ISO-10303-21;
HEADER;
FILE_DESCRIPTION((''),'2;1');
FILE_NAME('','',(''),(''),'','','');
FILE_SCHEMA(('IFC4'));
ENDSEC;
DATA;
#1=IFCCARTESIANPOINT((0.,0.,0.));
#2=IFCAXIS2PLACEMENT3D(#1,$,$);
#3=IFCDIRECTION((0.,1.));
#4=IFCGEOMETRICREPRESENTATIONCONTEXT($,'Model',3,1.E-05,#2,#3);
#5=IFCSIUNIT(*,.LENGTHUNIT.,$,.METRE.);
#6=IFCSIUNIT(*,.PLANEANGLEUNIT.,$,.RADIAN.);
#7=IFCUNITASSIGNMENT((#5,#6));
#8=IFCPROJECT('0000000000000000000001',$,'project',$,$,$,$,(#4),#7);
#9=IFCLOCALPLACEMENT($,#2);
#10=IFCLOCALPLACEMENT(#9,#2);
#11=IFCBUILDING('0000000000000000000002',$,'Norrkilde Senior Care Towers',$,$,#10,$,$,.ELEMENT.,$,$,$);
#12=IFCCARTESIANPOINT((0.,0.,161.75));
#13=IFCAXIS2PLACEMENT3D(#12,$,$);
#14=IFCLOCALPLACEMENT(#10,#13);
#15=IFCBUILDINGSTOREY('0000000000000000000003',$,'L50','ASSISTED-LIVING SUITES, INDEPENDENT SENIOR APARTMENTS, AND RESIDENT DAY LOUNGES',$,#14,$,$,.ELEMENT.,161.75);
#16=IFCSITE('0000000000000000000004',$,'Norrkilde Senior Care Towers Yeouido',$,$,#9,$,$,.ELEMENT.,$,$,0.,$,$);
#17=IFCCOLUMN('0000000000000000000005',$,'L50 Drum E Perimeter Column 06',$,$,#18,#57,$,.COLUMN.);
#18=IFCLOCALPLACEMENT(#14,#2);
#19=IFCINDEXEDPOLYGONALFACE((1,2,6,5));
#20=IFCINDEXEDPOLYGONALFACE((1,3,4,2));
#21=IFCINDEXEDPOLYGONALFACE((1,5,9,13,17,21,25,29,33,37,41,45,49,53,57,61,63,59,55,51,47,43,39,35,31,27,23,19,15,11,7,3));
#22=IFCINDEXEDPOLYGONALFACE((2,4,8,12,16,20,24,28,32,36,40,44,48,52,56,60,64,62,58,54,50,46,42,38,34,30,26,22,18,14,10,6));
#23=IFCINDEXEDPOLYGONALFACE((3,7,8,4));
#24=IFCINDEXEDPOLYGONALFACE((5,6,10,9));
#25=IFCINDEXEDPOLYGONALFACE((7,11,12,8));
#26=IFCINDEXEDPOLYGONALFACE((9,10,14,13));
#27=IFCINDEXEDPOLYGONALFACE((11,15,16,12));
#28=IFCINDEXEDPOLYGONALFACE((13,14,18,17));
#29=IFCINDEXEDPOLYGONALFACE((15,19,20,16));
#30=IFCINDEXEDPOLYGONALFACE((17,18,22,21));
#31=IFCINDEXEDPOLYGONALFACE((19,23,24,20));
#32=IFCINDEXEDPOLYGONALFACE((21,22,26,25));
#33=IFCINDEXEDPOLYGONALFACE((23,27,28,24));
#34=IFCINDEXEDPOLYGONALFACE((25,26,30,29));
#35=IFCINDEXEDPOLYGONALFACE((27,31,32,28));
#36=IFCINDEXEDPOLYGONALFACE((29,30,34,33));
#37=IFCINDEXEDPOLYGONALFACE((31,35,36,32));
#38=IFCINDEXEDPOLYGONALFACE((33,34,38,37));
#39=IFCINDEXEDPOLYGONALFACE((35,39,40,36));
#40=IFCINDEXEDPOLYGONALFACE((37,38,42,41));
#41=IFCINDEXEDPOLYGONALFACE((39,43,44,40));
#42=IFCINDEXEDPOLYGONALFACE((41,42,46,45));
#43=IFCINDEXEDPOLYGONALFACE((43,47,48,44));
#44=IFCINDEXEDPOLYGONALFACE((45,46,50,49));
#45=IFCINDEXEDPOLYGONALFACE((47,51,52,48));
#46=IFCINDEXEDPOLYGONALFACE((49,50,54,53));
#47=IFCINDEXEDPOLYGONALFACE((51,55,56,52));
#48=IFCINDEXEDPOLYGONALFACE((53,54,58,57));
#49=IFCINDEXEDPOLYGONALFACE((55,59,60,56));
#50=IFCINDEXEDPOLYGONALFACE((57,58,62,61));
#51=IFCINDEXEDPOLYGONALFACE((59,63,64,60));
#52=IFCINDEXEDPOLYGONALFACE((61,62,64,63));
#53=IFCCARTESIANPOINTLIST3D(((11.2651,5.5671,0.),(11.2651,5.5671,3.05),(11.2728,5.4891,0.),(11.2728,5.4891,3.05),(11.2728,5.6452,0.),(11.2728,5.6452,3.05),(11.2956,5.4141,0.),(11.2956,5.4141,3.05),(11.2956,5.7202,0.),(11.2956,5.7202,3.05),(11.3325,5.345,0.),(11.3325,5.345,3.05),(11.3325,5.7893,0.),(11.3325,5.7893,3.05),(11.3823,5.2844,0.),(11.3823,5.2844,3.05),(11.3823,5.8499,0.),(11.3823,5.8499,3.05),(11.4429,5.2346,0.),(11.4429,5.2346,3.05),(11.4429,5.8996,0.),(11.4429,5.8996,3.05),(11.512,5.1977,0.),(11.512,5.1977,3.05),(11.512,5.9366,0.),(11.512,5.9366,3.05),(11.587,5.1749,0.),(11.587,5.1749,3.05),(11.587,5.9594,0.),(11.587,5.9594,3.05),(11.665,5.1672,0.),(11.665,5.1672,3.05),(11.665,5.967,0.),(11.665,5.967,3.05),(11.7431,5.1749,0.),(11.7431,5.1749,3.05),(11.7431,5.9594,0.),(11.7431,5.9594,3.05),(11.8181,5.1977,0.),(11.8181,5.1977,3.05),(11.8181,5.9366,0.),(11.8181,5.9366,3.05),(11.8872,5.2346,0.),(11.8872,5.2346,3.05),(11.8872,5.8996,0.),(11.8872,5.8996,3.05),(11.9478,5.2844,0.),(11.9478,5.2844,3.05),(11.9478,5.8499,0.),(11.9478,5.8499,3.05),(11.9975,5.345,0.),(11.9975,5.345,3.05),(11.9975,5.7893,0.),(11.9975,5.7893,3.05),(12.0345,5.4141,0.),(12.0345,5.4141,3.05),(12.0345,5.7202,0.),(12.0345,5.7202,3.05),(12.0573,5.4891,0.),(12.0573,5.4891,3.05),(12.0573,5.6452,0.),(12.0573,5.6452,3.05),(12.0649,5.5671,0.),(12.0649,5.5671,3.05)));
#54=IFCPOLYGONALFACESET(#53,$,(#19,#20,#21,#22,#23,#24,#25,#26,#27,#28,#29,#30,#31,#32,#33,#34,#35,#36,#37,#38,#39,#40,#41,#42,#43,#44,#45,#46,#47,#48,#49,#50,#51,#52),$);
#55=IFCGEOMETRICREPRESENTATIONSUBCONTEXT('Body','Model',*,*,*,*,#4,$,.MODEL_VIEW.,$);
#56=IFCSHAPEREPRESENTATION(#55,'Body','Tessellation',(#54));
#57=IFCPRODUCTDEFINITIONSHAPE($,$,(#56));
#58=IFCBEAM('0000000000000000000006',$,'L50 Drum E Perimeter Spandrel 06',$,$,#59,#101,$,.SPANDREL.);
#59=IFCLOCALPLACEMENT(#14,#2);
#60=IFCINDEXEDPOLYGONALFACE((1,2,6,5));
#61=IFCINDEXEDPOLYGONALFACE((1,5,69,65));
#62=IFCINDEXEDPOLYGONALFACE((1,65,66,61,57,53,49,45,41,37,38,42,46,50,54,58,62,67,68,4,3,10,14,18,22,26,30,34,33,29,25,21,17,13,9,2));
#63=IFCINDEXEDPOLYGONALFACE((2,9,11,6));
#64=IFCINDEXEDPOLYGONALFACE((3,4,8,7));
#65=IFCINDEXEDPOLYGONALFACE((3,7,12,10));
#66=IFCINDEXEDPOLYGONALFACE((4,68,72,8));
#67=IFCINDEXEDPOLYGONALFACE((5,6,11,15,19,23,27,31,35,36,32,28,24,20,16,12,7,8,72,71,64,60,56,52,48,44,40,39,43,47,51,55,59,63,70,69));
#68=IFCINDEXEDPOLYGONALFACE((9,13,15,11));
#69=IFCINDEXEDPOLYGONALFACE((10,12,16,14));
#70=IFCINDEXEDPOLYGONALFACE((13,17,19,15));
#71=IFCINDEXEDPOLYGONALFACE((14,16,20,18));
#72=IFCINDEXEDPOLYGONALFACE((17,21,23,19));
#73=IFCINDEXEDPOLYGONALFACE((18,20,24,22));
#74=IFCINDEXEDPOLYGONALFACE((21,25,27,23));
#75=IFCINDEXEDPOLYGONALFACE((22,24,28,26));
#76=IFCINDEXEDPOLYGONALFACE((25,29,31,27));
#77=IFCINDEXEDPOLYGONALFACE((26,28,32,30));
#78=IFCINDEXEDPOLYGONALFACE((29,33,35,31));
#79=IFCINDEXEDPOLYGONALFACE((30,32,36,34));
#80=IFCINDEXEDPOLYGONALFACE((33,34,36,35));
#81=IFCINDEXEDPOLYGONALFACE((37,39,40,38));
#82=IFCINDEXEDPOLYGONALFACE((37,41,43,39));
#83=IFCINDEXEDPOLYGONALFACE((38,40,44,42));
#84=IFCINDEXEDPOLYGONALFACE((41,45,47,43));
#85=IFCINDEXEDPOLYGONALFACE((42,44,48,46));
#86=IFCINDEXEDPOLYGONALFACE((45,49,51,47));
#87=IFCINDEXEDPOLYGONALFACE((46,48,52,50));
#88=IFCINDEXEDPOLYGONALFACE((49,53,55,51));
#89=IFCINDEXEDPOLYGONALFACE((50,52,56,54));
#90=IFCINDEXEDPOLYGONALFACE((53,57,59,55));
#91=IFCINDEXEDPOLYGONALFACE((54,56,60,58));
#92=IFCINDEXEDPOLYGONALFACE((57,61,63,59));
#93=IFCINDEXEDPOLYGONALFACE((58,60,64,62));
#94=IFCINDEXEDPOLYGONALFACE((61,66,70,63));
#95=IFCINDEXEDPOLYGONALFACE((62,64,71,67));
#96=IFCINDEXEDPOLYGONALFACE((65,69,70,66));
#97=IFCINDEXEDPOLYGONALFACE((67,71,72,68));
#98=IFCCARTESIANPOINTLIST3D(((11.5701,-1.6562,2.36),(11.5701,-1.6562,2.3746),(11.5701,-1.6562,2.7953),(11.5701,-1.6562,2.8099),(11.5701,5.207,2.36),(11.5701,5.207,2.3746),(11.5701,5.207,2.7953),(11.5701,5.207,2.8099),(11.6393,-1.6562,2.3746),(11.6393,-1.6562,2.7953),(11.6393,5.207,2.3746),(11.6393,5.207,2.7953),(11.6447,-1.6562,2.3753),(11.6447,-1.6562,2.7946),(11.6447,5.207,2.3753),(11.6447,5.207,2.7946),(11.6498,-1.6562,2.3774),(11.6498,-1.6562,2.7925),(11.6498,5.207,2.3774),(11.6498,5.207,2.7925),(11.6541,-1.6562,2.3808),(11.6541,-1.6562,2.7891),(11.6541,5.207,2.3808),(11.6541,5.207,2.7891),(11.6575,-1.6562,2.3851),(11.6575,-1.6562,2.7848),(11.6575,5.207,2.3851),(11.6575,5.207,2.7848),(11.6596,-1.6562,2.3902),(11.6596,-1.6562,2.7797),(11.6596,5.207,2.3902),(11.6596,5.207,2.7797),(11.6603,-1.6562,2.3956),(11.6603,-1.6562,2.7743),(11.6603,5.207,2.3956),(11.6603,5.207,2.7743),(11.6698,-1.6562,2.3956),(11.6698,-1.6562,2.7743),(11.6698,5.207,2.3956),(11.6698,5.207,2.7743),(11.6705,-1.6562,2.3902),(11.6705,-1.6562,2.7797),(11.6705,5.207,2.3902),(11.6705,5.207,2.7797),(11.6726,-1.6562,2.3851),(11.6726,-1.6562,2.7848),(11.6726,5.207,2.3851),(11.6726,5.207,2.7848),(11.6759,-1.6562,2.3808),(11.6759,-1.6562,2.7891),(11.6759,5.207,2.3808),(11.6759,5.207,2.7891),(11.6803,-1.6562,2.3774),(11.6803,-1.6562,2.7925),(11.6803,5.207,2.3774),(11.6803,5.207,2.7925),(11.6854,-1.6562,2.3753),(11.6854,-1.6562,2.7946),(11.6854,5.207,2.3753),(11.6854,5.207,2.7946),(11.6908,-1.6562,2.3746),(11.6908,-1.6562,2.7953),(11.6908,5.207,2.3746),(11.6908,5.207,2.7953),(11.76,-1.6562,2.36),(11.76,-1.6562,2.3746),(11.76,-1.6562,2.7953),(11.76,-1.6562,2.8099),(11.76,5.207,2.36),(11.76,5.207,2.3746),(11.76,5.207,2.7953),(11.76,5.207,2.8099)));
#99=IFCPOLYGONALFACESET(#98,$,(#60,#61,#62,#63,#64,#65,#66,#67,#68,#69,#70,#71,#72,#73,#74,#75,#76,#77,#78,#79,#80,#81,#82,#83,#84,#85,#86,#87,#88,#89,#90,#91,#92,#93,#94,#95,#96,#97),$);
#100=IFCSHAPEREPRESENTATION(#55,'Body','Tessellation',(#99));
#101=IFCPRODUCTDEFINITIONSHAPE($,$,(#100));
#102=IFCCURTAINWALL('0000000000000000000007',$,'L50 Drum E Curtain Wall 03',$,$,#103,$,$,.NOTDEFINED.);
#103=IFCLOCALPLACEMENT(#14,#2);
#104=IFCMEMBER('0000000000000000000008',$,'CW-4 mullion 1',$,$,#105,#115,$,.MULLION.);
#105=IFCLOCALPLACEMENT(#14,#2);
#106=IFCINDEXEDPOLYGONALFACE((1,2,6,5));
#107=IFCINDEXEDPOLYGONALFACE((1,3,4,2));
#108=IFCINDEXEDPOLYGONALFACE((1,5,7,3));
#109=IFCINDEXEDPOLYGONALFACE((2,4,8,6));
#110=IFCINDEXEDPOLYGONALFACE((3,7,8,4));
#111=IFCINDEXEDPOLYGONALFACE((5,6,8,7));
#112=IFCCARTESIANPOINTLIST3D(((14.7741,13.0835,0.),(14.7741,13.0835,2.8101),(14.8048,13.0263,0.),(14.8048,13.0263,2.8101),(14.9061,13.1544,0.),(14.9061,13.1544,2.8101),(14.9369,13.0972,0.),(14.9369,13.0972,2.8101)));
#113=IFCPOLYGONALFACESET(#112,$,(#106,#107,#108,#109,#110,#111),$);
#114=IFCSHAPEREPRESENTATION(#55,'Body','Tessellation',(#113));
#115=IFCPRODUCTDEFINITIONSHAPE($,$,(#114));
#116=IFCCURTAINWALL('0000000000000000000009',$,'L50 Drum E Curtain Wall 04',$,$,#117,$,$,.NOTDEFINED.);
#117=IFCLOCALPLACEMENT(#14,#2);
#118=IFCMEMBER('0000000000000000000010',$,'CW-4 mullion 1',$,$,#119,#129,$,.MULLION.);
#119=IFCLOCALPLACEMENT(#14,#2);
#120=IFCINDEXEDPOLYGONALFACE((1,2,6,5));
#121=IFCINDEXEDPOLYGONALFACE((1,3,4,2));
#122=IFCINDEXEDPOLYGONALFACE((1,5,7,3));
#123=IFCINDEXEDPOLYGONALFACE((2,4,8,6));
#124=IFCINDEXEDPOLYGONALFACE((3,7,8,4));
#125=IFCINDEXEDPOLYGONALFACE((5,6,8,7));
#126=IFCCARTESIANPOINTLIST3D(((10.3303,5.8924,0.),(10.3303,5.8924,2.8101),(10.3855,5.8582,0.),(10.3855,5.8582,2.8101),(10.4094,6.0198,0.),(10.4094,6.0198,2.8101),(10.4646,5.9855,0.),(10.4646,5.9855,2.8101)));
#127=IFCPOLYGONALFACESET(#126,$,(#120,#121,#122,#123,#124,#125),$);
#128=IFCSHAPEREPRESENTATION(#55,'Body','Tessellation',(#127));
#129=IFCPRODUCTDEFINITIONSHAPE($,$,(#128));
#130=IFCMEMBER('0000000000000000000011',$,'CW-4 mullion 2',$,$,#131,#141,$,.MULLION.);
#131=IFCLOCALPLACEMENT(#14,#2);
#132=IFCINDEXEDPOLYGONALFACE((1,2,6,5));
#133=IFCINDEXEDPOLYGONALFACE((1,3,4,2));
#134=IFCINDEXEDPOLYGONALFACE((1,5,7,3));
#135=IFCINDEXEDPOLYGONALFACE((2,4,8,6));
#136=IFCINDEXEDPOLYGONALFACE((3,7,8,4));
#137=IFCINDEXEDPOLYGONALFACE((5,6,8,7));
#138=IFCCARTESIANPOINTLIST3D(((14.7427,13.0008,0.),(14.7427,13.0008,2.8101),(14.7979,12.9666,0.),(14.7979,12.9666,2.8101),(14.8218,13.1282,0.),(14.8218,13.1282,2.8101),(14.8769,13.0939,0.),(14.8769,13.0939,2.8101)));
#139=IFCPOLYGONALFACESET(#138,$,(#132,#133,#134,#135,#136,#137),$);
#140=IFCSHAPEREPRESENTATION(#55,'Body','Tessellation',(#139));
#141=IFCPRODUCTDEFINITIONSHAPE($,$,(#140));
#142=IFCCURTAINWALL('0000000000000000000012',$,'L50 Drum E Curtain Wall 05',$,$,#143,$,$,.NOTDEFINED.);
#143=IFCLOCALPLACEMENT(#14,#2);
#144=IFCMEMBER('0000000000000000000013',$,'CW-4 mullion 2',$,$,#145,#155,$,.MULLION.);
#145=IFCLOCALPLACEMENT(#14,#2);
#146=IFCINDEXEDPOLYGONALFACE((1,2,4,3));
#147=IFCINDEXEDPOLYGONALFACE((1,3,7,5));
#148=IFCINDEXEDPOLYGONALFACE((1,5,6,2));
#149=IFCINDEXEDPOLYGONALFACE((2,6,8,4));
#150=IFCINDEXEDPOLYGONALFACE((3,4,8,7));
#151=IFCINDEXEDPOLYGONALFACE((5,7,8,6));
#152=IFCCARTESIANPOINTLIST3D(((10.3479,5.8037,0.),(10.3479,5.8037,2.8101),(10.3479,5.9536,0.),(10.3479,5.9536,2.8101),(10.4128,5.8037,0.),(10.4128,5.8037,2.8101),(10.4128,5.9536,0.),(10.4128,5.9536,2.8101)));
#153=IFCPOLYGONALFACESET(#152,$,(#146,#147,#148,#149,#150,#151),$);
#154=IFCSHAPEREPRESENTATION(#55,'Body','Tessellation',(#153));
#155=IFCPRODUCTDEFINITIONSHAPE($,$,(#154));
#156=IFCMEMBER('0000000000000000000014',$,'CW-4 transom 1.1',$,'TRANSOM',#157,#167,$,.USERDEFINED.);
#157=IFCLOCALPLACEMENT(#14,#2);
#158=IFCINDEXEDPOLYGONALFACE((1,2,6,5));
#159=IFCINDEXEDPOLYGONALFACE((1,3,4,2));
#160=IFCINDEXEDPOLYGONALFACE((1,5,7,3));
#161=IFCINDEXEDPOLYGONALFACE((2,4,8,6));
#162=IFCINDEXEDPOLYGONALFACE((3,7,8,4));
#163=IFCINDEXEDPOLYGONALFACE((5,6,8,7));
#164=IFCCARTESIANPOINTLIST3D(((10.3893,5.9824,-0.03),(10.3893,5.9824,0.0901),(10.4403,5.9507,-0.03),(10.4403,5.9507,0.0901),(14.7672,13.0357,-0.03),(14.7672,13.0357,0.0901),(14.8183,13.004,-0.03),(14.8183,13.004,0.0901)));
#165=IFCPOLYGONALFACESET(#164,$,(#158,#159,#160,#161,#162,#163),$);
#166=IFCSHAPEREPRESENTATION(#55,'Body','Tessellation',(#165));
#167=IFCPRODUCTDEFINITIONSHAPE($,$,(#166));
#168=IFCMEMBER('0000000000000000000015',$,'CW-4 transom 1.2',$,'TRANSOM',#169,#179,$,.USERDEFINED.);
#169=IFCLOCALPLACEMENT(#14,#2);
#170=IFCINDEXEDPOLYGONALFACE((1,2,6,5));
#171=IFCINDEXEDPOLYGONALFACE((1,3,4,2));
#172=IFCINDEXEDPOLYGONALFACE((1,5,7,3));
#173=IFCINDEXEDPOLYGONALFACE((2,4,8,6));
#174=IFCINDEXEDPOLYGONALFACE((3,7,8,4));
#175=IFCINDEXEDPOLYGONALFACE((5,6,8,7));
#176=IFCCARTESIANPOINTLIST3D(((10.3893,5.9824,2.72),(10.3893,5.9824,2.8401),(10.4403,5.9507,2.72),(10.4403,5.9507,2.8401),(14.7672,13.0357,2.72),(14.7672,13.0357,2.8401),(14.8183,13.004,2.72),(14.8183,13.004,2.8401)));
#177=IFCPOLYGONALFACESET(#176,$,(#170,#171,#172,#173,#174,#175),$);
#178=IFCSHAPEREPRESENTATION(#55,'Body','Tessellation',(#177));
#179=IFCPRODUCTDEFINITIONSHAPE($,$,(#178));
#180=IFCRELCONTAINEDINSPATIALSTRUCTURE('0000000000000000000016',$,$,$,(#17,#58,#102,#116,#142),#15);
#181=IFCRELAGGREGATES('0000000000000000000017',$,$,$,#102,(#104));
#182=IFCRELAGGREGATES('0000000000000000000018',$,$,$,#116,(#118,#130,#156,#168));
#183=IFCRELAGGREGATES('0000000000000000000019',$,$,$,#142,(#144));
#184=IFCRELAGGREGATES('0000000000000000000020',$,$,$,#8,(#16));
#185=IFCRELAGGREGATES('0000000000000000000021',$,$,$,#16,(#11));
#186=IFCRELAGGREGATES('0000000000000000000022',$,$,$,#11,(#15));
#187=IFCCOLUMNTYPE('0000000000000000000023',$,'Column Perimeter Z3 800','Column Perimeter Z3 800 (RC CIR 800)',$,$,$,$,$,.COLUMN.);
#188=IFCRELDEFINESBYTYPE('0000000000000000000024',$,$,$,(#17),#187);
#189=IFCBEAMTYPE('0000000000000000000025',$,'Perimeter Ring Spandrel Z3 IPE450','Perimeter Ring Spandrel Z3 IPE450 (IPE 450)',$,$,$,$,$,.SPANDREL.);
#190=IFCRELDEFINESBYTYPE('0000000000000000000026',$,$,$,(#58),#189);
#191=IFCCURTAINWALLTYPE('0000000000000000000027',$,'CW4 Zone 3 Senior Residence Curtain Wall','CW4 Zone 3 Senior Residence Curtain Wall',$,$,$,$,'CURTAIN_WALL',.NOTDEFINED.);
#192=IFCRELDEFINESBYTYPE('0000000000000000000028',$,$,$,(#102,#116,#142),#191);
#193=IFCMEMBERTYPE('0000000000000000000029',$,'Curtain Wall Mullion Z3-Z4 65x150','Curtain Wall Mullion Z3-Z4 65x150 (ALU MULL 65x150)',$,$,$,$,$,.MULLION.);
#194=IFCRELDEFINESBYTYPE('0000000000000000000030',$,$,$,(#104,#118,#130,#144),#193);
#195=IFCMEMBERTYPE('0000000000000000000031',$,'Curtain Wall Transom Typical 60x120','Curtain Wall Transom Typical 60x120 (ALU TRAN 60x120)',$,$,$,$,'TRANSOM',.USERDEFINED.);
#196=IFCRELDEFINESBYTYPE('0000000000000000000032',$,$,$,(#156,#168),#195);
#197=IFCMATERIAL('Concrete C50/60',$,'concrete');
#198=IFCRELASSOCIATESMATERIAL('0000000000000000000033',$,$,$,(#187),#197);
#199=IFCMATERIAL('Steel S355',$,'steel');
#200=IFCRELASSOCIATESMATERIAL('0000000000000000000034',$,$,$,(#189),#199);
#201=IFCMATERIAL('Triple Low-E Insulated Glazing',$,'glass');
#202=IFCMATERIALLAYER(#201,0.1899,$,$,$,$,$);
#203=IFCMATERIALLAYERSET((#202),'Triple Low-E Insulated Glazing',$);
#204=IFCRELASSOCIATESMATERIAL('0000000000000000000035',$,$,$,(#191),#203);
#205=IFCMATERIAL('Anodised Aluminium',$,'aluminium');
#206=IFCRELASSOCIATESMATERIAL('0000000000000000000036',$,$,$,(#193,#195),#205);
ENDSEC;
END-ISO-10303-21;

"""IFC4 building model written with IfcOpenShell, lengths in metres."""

from ifc_helpers import new_model, si_unit, direction, frame, origin, origin_2d, place, context, subcontext, project, spatial, rectangle, circle, i_section, extrude, source, transform, mapped, material, layer, layer_set, material_profile, profile_set, type_object, type_shapes, element, aggregate, save


model = new_model("IFC4")

# Units and contexts
model_context = context("Model", 3, precision=1e-05, world=origin(), true_north=direction((0.0, 1.0)))
body_context = subcontext(model_context, "Body", "Model", "MODEL_VIEW")
ifc_project = project(units=[si_unit("LENGTHUNIT", "METRE"), si_unit("PLANEANGLEUNIT", "RADIAN")], contexts=[model_context])

# Site, building, storey
site_placement = place(None, origin())
site = spatial("IfcSite", under=ifc_project, at=site_placement, Name="Norrkilde Senior Care Towers Yeouido", CompositionType="ELEMENT", RefElevation=0.0)
building_placement = place(site_placement, origin())
building = spatial("IfcBuilding", under=site, at=building_placement, Name="Norrkilde Senior Care Towers", CompositionType="ELEMENT")
storey_placement = place(building_placement, frame((0.0, 0.0, 161.75)))
storey = spatial("IfcBuildingStorey", under=building, at=storey_placement, Name="L50", Description="ASSISTED-LIVING SUITES, INDEPENDENT SENIOR APARTMENTS, AND RESIDENT DAY LOUNGES", CompositionType="ELEMENT", Elevation=161.75)

# Column
ifc_material_1 = material(Name="Concrete C50/60", Category="concrete")
ifc_material_profile_1 = material_profile(ifc_material_1, circle(Radius=0.3999, at=origin_2d()), Name="RC CIR 800")
ifc_profile_set_1 = profile_set([ifc_material_profile_1], Name="Concrete C50/60")
column_type = type_object("IfcColumnType", Name="Column Perimeter Z3 800", Description="Column Perimeter Z3 800 (RC CIR 800)", PredefinedType="COLUMN", material=ifc_profile_set_1)
shared_shape_1 = source(origin(), body_context, "Body", "SweptSolid", [
    extrude(circle(Radius=0.3999, at=origin_2d()), origin(), (0.0, 0.0, 1.0), 3.05),
])
type_shapes(column_type, [shared_shape_1])
column_placement = place(storey_placement, frame((11.665, 5.5671, 0.0), z_axis=(0.0, 0.0, 1.0), x_axis=(1.0, 0.0, 0.0)))
element("IfcColumn", 1, at=column_placement, inside=storey, type_object=column_type, Name="L50 Drum E Perimeter Column 06", PredefinedType="COLUMN", context=body_context, shape_type="MappedRepresentation", body=[
    mapped(shared_shape_1, transform((0.0, 0.0, 0.0), x_axis=(1.0, 0.0, 0.0), y_axis=(0.0, 1.0, 0.0), z_axis=(0.0, 0.0, 1.0), scale=1.0)),
])

# Beam
ifc_material_2 = material(Name="Steel S355", Category="steel")
ifc_material_profile_2 = material_profile(ifc_material_2, i_section(OverallWidth=0.1899, OverallDepth=0.45, WebThickness=0.0095, FlangeThickness=0.0146, FilletRadius=0.021, at=origin_2d()), Name="IPE 450")
ifc_profile_set_2 = profile_set([ifc_material_profile_2], Name="Steel S355")
beam_type = type_object("IfcBeamType", Name="Perimeter Ring Spandrel Z3 IPE450", Description="Perimeter Ring Spandrel Z3 IPE450 (IPE 450)", PredefinedType="SPANDREL", material=ifc_profile_set_2)
shared_shape_2 = source(origin(), body_context, "Body", "SweptSolid", [
    extrude(i_section(OverallWidth=0.1899, OverallDepth=0.45, WebThickness=0.0095, FlangeThickness=0.0146, FilletRadius=0.021, at=origin_2d()), origin(), (0.0, 0.0, 1.0), 6.8633),
])
type_shapes(beam_type, [shared_shape_2])
beam_placement = place(storey_placement, frame((11.665, 5.207, 2.585), z_axis=(0.0, -1.0, 0.0), x_axis=(1.0, 0.0, 0.0)))
element("IfcBeam", 2, at=beam_placement, inside=storey, type_object=beam_type, Name="L50 Drum E Perimeter Spandrel 06", PredefinedType="SPANDREL", context=body_context, shape_type="MappedRepresentation", body=[
    mapped(shared_shape_2, transform((0.0, 0.0, 0.0), x_axis=(1.0, 0.0, 0.0), y_axis=(0.0, 1.0, 0.0), z_axis=(0.0, 0.0, 1.0), scale=1.0)),
])

# Curtain wall, member
ifc_material_3 = material(Name="Triple Low-E Insulated Glazing", Category="glass")
ifc_layer_1 = layer(ifc_material_3, 0.1899)
ifc_layer_set_1 = layer_set([ifc_layer_1], Name="Triple Low-E Insulated Glazing")
curtain_wall_type = type_object("IfcCurtainWallType", Name="CW4 Zone 3 Senior Residence Curtain Wall", Description="CW4 Zone 3 Senior Residence Curtain Wall", ElementType="CURTAIN_WALL", PredefinedType="NOTDEFINED", material=ifc_layer_set_1)
curtain_wall_1_placement = place(storey_placement, origin())
curtain_wall_1 = element("IfcCurtainWall", 3, at=curtain_wall_1_placement, inside=storey, type_object=curtain_wall_type, Name="L50 Drum E Curtain Wall 03", PredefinedType="NOTDEFINED")
ifc_material_4 = material(Name="Anodised Aluminium", Category="aluminium")
ifc_material_profile_3 = material_profile(ifc_material_4, rectangle(XDim=0.0649, YDim=0.1499, at=origin_2d()), Name="ALU MULL 65x150")
ifc_profile_set_3 = profile_set([ifc_material_profile_3], Name="Anodised Aluminium")
member_type_1 = type_object("IfcMemberType", Name="Curtain Wall Mullion Z3-Z4 65x150", Description="Curtain Wall Mullion Z3-Z4 65x150 (ALU MULL 65x150)", PredefinedType="MULLION", material=ifc_profile_set_3)
shared_shape_3 = source(origin(), body_context, "Body", "SweptSolid", [
    extrude(rectangle(XDim=0.0649, YDim=0.1499, at=origin_2d()), origin(), (0.0, 0.0, 1.0), 2.8101),
])
type_shapes(member_type_1, [shared_shape_3])
member_1_placement = place(storey_placement, frame((14.8555, 13.0903, 0.0), z_axis=(0.0, 0.0, 1.0), x_axis=(-0.473117, 0.881, 0.0)))
member_1 = element("IfcMember", 4, at=member_1_placement, type_object=member_type_1, Name="CW-4 mullion 1", PredefinedType="MULLION", context=body_context, shape_type="MappedRepresentation", body=[
    mapped(shared_shape_3, transform((0.0, 0.0, 0.0), x_axis=(1.0, 0.0, 0.0), y_axis=(0.0, 1.0, 0.0), z_axis=(0.0, 0.0, 1.0), scale=1.0)),
])

# Curtain wall, members
curtain_wall_2_placement = place(storey_placement, origin())
curtain_wall_2 = element("IfcCurtainWall", 5, at=curtain_wall_2_placement, inside=storey, type_object=curtain_wall_type, Name="L50 Drum E Curtain Wall 04", PredefinedType="NOTDEFINED")
member_2_placement = place(storey_placement, frame((10.3975, 5.939, 0.0), z_axis=(0.0, 0.0, 1.0), x_axis=(-0.849634, 0.527373, 0.0)))
member_2 = element("IfcMember", 6, at=member_2_placement, type_object=member_type_1, Name="CW-4 mullion 1", PredefinedType="MULLION", context=body_context, shape_type="MappedRepresentation", body=[
    mapped(shared_shape_3, transform((0.0, 0.0, 0.0), x_axis=(1.0, 0.0, 0.0), y_axis=(0.0, 1.0, 0.0), z_axis=(0.0, 0.0, 1.0), scale=1.0)),
])
member_3_placement = place(storey_placement, frame((14.8098, 13.0474, 0.0), z_axis=(0.0, 0.0, 1.0), x_axis=(-0.849634, 0.527373, 0.0)))
member_3 = element("IfcMember", 7, at=member_3_placement, type_object=member_type_1, Name="CW-4 mullion 2", PredefinedType="MULLION", context=body_context, shape_type="MappedRepresentation", body=[
    mapped(shared_shape_3, transform((0.0, 0.0, 0.0), x_axis=(1.0, 0.0, 0.0), y_axis=(0.0, 1.0, 0.0), z_axis=(0.0, 0.0, 1.0), scale=1.0)),
])

# Curtain wall, member
curtain_wall_3_placement = place(storey_placement, origin())
curtain_wall_3 = element("IfcCurtainWall", 8, at=curtain_wall_3_placement, inside=storey, type_object=curtain_wall_type, Name="L50 Drum E Curtain Wall 05", PredefinedType="NOTDEFINED")
member_4_placement = place(storey_placement, frame((10.3804, 5.8787, 0.0), z_axis=(0.0, 0.0, 1.0), x_axis=(-1.0, 0.0, 0.0)))
member_4 = element("IfcMember", 9, at=member_4_placement, type_object=member_type_1, Name="CW-4 mullion 2", PredefinedType="MULLION", context=body_context, shape_type="MappedRepresentation", body=[
    mapped(shared_shape_3, transform((0.0, 0.0, 0.0), x_axis=(1.0, 0.0, 0.0), y_axis=(0.0, 1.0, 0.0), z_axis=(0.0, 0.0, 1.0), scale=1.0)),
])

# Members
ifc_material_profile_4 = material_profile(ifc_material_4, rectangle(XDim=0.0601, YDim=0.1201, at=origin_2d()), Name="ALU TRAN 60x120")
ifc_profile_set_4 = profile_set([ifc_material_profile_4], Name="Anodised Aluminium")
member_type_2 = type_object("IfcMemberType", Name="Curtain Wall Transom Typical 60x120", Description="Curtain Wall Transom Typical 60x120 (ALU TRAN 60x120)", ElementType="TRANSOM", PredefinedType="USERDEFINED", material=ifc_profile_set_4)
shared_shape_4 = source(origin(), body_context, "Body", "SweptSolid", [
    extrude(rectangle(XDim=0.0601, YDim=0.1201, at=origin_2d()), origin(), (0.0, 0.0, 1.0), 8.3015),
])
member_5_placement = place(storey_placement, frame((10.4148, 5.9666, 0.03), z_axis=(0.527369, 0.849637, 0.0), x_axis=(-0.849637, 0.527369, 0.0)))
member_5 = element("IfcMember", 10, at=member_5_placement, type_object=member_type_2, Name="CW-4 transom 1.1", ObjectType="TRANSOM", PredefinedType="USERDEFINED", context=body_context, shape_type="MappedRepresentation", body=[
    mapped(shared_shape_4, transform((0.0, 0.0, 0.0), x_axis=(1.0, 0.0, 0.0), y_axis=(0.0, 1.0, 0.0), z_axis=(0.0, 0.0, 1.0), scale=1.0)),
])
member_6_placement = place(storey_placement, frame((10.4148, 5.9666, 2.78), z_axis=(0.527369, 0.849637, 0.0), x_axis=(-0.849637, 0.527369, 0.0)))
member_6 = element("IfcMember", 11, at=member_6_placement, type_object=member_type_2, Name="CW-4 transom 1.2", ObjectType="TRANSOM", PredefinedType="USERDEFINED", context=body_context, shape_type="MappedRepresentation", body=[
    mapped(shared_shape_4, transform((0.0, 0.0, 0.0), x_axis=(1.0, 0.0, 0.0), y_axis=(0.0, 1.0, 0.0), z_axis=(0.0, 0.0, 1.0), scale=1.0)),
])
aggregate(curtain_wall_1, [member_1])

aggregate(curtain_wall_2, [member_2, member_3, member_5, member_6])
aggregate(curtain_wall_3, [member_4])

save(model, "model.ifc")
